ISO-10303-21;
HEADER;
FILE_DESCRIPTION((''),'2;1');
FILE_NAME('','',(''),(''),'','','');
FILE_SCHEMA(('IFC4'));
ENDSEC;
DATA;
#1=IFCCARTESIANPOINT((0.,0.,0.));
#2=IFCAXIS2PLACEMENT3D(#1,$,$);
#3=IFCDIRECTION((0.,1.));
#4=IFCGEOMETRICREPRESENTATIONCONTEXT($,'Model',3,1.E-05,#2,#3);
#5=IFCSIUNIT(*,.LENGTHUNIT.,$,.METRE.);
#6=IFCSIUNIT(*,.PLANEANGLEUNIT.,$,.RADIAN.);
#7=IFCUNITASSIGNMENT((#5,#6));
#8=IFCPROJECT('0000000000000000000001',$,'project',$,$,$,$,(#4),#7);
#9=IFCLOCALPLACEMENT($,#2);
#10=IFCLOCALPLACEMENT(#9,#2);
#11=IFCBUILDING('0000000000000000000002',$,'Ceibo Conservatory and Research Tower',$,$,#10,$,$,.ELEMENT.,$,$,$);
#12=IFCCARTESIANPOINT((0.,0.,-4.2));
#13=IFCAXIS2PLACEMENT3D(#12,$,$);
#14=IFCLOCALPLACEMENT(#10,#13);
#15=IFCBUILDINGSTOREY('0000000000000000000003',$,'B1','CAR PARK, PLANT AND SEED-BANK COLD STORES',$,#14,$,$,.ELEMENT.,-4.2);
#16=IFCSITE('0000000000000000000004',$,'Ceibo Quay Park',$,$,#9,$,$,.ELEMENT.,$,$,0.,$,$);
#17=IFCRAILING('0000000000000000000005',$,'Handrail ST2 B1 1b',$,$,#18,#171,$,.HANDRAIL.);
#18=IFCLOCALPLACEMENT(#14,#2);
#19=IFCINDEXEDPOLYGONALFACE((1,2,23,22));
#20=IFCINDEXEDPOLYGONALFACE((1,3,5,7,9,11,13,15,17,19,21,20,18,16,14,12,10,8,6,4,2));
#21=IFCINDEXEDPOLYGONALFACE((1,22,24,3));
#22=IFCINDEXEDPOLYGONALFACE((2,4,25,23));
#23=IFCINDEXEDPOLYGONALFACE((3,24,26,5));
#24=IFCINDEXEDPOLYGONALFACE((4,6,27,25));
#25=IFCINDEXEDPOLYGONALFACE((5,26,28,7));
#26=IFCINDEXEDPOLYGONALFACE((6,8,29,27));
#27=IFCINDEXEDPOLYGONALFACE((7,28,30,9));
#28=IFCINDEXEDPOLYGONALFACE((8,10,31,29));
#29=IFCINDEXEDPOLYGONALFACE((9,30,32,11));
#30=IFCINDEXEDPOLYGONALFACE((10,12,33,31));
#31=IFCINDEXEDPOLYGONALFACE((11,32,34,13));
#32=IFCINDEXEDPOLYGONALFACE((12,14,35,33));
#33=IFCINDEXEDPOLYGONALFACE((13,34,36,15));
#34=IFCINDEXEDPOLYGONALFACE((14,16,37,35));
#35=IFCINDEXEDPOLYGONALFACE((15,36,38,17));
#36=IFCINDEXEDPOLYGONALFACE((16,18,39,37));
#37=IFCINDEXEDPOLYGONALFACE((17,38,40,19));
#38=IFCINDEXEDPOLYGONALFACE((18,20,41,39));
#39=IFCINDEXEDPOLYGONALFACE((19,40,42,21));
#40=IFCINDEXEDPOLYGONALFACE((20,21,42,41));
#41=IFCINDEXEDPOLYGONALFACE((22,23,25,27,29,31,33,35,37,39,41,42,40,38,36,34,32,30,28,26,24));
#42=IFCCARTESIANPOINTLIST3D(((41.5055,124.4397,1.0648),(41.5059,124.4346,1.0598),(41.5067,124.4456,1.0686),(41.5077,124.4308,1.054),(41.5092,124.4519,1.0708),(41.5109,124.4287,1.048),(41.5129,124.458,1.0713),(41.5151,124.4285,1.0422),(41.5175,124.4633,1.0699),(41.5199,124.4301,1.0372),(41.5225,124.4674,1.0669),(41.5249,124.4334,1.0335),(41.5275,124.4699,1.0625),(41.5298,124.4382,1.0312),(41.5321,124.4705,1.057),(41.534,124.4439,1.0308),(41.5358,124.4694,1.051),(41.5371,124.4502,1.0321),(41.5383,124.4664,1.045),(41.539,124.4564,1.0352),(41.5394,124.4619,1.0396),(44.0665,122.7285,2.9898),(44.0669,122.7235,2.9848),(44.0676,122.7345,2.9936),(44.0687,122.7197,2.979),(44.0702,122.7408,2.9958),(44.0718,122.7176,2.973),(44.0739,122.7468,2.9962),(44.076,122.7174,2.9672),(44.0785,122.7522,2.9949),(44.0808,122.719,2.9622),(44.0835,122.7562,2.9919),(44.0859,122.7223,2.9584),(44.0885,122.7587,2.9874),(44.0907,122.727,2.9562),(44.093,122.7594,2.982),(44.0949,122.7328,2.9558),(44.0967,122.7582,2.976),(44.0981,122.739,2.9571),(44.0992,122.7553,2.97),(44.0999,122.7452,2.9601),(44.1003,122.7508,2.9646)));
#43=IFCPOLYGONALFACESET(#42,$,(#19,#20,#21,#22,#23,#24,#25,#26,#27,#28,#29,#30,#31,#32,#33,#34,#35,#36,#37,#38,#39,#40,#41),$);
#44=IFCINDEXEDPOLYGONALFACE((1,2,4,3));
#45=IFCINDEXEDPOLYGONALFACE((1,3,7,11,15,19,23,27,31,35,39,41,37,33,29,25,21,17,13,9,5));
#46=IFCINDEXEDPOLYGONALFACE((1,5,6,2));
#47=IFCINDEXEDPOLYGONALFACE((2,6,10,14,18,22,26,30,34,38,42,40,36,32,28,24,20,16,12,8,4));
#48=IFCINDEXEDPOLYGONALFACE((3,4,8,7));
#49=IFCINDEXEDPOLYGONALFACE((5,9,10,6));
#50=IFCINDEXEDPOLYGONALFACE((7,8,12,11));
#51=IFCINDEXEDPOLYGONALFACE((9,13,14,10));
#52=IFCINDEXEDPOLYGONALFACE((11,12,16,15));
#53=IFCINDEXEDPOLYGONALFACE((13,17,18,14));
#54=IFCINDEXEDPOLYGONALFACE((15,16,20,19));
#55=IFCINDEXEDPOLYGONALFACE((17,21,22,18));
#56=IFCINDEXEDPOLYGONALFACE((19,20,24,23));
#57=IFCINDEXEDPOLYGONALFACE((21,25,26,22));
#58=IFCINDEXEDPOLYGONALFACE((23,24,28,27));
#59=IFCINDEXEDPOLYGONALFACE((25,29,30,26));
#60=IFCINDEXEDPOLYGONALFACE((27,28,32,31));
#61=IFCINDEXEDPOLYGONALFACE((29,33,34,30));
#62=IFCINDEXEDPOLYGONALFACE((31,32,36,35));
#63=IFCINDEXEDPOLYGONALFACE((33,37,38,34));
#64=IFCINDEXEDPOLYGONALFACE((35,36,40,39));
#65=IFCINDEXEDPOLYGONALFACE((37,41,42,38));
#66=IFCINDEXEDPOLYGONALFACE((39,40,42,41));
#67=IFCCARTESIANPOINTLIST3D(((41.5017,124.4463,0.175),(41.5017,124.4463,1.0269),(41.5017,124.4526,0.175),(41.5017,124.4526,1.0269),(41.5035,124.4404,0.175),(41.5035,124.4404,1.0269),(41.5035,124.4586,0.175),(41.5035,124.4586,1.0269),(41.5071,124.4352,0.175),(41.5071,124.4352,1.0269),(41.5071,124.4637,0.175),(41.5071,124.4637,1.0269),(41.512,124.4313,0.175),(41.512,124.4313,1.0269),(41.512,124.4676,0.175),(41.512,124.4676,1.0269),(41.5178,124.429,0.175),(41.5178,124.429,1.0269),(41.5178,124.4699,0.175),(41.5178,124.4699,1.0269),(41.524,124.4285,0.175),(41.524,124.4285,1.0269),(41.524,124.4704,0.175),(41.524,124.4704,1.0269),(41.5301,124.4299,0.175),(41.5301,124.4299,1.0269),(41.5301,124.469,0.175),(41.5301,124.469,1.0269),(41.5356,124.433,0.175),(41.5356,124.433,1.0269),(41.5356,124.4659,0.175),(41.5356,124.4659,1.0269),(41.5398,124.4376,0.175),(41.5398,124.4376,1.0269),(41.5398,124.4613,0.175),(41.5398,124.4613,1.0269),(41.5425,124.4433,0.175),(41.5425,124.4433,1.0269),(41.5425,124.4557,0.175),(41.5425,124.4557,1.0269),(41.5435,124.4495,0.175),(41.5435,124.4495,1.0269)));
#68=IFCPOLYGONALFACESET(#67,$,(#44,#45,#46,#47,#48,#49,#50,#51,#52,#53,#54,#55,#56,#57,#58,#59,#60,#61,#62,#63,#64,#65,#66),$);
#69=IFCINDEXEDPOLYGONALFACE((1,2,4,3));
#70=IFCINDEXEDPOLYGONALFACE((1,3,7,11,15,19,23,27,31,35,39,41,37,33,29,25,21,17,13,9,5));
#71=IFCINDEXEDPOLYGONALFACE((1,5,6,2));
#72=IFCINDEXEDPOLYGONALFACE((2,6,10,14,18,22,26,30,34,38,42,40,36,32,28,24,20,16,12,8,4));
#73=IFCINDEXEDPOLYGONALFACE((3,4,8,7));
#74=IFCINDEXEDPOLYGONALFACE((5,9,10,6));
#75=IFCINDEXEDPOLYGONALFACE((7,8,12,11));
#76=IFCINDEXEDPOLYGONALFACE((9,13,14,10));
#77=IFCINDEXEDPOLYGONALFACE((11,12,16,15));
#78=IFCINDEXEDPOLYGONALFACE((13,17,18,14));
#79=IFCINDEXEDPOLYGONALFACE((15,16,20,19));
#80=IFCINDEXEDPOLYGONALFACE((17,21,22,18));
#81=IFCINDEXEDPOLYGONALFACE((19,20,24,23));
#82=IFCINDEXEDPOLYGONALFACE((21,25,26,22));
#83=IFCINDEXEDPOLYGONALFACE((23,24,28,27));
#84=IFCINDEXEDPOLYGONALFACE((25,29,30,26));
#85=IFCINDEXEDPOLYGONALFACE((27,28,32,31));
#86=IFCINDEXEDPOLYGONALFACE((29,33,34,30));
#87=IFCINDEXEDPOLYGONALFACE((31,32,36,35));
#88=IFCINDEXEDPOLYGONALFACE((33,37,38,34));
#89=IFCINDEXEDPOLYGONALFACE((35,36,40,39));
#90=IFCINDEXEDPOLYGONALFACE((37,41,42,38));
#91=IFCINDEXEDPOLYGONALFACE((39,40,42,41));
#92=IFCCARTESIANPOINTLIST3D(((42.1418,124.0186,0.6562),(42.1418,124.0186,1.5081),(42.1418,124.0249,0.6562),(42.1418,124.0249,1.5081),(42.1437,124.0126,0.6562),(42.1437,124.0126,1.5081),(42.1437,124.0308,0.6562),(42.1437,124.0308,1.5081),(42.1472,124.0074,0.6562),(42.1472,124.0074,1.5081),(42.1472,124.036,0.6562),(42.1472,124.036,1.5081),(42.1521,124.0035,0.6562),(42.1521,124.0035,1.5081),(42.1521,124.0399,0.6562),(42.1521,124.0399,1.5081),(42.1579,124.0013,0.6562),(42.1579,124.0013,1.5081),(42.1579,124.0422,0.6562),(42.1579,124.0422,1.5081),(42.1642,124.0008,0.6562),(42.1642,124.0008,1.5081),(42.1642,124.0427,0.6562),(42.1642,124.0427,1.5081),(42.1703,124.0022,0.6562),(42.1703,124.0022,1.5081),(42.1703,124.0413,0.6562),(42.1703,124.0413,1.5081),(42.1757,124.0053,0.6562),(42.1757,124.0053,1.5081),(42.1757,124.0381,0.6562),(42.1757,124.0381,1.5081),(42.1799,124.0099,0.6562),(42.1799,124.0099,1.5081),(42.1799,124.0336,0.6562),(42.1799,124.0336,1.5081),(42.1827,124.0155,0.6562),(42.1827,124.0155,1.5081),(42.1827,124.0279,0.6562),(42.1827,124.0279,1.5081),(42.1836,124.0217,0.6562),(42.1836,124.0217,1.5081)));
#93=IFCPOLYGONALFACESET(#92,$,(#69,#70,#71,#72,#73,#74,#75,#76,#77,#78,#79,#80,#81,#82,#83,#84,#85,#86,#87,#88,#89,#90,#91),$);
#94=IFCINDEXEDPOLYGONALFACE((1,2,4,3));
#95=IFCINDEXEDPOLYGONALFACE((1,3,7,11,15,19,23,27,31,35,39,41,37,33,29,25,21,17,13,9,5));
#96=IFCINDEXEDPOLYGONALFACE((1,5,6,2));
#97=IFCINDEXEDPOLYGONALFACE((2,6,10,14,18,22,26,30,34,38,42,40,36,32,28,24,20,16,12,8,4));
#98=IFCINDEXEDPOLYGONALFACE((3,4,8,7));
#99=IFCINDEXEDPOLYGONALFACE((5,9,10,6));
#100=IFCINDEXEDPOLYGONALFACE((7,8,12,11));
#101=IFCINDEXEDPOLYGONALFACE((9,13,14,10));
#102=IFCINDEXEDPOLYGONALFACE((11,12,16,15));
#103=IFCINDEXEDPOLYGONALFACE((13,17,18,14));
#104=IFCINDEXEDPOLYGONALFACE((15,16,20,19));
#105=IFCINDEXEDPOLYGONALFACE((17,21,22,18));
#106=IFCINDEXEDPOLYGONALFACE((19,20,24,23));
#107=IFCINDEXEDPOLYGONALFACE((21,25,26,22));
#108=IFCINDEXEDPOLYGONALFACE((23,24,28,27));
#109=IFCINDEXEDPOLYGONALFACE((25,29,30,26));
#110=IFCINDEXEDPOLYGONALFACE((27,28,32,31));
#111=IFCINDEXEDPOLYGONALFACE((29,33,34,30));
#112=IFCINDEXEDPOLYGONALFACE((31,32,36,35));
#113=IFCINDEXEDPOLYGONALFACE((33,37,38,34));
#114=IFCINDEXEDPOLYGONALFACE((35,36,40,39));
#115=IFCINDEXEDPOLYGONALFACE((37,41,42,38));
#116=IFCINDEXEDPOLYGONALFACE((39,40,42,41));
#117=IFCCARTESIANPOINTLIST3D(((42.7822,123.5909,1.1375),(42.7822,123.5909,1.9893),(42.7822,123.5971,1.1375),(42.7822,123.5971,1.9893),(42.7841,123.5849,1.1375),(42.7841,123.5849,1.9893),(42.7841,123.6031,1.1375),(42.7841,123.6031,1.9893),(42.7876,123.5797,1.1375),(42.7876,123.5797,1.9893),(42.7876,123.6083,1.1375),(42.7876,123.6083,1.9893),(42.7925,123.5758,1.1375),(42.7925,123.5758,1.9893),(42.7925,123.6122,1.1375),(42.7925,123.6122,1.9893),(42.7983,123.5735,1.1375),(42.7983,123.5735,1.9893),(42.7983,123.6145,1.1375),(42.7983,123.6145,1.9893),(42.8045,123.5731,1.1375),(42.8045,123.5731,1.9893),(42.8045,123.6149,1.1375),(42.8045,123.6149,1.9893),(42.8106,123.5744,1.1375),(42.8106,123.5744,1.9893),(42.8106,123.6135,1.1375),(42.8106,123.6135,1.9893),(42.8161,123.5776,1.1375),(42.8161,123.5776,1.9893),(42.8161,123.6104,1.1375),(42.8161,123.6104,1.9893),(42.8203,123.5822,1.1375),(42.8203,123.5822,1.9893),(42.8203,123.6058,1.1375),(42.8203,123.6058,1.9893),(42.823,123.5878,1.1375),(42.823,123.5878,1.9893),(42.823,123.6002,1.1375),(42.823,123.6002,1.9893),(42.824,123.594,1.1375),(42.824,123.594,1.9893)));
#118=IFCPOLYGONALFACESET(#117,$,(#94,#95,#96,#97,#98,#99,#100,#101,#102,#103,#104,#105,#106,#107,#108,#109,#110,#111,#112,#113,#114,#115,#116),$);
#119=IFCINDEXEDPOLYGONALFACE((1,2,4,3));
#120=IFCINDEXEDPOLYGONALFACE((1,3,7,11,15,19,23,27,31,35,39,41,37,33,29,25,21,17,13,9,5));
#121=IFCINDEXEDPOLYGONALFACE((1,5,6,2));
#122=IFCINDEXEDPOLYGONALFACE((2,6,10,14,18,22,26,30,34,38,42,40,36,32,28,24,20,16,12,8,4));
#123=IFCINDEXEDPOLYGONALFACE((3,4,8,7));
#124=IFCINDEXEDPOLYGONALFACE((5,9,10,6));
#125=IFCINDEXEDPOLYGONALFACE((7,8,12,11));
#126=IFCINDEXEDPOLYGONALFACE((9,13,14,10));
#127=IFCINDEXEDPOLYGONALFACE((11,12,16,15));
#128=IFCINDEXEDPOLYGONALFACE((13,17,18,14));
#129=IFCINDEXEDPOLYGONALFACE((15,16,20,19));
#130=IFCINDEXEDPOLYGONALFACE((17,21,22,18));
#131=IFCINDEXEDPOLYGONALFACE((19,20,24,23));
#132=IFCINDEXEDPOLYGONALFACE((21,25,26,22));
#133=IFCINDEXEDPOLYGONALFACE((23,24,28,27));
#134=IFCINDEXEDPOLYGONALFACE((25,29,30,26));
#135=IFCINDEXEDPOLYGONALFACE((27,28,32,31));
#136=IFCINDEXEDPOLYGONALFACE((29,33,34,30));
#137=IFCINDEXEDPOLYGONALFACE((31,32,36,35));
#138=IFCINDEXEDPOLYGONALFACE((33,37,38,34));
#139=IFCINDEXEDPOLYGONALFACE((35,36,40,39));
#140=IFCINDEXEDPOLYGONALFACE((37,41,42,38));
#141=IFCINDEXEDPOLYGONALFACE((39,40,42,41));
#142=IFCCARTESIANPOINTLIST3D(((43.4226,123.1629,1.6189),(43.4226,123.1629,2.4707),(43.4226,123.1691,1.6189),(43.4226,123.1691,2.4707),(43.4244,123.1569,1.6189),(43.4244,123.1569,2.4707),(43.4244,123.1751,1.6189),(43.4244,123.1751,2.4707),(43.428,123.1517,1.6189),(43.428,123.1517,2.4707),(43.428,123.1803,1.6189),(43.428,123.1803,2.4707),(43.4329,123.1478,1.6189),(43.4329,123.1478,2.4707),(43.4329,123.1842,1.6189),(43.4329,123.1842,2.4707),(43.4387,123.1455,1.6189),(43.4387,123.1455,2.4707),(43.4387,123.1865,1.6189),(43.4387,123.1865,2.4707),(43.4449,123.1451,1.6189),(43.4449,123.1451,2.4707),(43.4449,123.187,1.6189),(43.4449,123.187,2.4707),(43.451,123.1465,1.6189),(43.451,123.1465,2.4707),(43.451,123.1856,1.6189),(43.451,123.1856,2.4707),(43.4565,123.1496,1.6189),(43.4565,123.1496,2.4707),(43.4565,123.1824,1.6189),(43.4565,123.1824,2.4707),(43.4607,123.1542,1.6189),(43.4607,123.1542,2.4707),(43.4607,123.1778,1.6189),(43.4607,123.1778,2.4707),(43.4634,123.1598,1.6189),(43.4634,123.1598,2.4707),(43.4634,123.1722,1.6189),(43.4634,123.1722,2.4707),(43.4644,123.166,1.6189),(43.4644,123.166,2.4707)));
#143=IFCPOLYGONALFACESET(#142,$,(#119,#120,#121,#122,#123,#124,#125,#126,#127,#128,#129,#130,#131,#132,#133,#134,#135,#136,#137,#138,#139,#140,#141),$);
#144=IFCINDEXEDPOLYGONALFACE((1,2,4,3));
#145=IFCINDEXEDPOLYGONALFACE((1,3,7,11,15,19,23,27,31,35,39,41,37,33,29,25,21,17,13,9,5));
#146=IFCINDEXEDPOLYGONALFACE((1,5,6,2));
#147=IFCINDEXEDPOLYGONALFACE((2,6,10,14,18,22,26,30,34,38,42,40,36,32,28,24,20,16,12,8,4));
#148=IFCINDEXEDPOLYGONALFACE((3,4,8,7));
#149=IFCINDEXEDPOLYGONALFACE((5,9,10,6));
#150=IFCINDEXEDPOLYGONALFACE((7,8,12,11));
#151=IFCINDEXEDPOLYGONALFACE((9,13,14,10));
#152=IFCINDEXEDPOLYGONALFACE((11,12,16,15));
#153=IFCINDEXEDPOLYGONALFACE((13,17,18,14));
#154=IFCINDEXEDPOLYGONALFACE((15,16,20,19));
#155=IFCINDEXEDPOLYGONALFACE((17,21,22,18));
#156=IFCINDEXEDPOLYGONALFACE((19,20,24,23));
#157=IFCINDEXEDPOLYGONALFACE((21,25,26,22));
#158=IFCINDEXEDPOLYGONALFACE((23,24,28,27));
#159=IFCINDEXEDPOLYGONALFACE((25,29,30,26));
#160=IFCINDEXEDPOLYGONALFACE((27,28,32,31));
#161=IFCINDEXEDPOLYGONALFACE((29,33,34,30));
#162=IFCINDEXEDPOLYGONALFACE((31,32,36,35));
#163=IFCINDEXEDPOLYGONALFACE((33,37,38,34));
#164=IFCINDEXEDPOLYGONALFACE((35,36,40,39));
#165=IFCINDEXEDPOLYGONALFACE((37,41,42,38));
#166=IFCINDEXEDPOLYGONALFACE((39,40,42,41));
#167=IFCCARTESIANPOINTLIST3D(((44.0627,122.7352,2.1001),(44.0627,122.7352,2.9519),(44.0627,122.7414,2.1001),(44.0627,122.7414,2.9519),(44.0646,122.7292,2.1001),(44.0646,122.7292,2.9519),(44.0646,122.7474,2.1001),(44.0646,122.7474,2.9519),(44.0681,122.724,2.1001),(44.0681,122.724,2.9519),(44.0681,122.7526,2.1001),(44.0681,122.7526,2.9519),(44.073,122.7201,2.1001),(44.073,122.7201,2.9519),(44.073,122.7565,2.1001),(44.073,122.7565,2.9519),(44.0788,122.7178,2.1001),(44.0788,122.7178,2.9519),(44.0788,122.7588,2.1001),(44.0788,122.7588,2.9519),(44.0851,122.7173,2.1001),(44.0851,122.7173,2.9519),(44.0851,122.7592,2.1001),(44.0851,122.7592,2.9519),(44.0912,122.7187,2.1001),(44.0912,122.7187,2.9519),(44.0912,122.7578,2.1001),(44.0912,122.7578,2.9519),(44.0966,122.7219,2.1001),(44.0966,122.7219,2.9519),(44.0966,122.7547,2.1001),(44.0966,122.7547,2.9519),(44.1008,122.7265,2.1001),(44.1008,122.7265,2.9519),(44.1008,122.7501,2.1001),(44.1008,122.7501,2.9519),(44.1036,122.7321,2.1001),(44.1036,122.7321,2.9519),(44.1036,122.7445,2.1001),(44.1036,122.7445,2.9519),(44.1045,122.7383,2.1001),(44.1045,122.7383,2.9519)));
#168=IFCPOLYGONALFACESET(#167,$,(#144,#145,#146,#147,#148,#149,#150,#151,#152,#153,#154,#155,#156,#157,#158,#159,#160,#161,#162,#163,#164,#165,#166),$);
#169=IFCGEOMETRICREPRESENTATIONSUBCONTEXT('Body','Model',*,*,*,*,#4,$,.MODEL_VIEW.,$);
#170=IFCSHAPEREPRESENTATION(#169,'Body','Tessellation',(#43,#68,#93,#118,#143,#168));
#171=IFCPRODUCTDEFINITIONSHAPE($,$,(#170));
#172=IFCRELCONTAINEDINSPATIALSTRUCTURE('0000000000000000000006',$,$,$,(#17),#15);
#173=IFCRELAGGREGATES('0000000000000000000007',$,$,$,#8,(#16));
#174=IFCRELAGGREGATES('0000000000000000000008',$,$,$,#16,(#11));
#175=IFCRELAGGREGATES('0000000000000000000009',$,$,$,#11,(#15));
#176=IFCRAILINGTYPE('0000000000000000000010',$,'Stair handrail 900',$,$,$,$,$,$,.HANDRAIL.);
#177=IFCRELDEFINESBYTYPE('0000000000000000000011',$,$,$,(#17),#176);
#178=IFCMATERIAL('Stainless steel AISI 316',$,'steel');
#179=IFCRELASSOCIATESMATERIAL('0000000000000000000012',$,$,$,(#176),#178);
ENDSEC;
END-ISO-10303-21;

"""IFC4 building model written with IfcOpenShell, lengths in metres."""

from ifc_helpers import new_model, si_unit, direction, frame, origin, origin_2d, place, context, subcontext, project, spatial, circle, extrude, material, type_object, element, save


model = new_model("IFC4")

# Units and contexts
model_context = context("Model", 3, precision=1e-05, world=origin(), true_north=direction((0.0, 1.0)))
body_context = subcontext(model_context, "Body", "Model", "MODEL_VIEW")
ifc_project = project(units=[si_unit("LENGTHUNIT", "METRE"), si_unit("PLANEANGLEUNIT", "RADIAN")], contexts=[model_context])

# Site, building, storey
site_placement = place(None, origin())
site = spatial("IfcSite", under=ifc_project, at=site_placement, Name="Ceibo Quay Park", CompositionType="ELEMENT", RefElevation=0.0)
building_placement = place(site_placement, origin())
building = spatial("IfcBuilding", under=site, at=building_placement, Name="Ceibo Conservatory and Research Tower", CompositionType="ELEMENT")
storey_placement = place(building_placement, frame((0.0, 0.0, -4.2)))
storey = spatial("IfcBuildingStorey", under=building, at=storey_placement, Name="B1", Description="CAR PARK, PLANT AND SEED-BANK COLD STORES", CompositionType="ELEMENT", Elevation=-4.2)

# Shared definitions
ifc_material_1 = material(Name="Stainless steel AISI 316", Category="steel")

# Railing
railing_type = type_object("IfcRailingType", Name="Stair handrail 900", PredefinedType="HANDRAIL", material=ifc_material_1)
railing_1_placement = place(storey_placement, frame((41.5225, 124.4495, 0.175)))
element("IfcRailing", 1, at=railing_1_placement, inside=storey, type_object=railing_type, Name="Handrail ST2 B1 1b", PredefinedType="HANDRAIL", context=body_context, shape_type="SweptSolid", body=[
    extrude(circle(Radius=0.0239, at=origin_2d()), frame((0.0, 0.0, 0.876), z_axis=(0.705093, -0.471115, 0.529996), x_axis=(0.55556, 0.831477, 0.0)), (0.0, 0.0, 1.0), 3.6321),
    extrude(circle(Radius=0.021, at=origin_2d()), origin(), (0.0, 0.0, 1.0), 0.8518),
    extrude(circle(Radius=0.021, at=origin_2d()), frame((0.6401, -0.4277, 0.4812)), (0.0, 0.0, 1.0), 0.8518),
    extrude(circle(Radius=0.021, at=origin_2d()), frame((1.2805, -0.8555, 0.9624)), (0.0, 0.0, 1.0), 0.8518),
    extrude(circle(Radius=0.021, at=origin_2d()), frame((1.9209, -1.2834, 1.4438)), (0.0, 0.0, 1.0), 0.8518),
    extrude(circle(Radius=0.021, at=origin_2d()), frame((2.561, -1.7112, 1.925)), (0.0, 0.0, 1.0), 0.8518),
])

save(model, "model.ifc")
